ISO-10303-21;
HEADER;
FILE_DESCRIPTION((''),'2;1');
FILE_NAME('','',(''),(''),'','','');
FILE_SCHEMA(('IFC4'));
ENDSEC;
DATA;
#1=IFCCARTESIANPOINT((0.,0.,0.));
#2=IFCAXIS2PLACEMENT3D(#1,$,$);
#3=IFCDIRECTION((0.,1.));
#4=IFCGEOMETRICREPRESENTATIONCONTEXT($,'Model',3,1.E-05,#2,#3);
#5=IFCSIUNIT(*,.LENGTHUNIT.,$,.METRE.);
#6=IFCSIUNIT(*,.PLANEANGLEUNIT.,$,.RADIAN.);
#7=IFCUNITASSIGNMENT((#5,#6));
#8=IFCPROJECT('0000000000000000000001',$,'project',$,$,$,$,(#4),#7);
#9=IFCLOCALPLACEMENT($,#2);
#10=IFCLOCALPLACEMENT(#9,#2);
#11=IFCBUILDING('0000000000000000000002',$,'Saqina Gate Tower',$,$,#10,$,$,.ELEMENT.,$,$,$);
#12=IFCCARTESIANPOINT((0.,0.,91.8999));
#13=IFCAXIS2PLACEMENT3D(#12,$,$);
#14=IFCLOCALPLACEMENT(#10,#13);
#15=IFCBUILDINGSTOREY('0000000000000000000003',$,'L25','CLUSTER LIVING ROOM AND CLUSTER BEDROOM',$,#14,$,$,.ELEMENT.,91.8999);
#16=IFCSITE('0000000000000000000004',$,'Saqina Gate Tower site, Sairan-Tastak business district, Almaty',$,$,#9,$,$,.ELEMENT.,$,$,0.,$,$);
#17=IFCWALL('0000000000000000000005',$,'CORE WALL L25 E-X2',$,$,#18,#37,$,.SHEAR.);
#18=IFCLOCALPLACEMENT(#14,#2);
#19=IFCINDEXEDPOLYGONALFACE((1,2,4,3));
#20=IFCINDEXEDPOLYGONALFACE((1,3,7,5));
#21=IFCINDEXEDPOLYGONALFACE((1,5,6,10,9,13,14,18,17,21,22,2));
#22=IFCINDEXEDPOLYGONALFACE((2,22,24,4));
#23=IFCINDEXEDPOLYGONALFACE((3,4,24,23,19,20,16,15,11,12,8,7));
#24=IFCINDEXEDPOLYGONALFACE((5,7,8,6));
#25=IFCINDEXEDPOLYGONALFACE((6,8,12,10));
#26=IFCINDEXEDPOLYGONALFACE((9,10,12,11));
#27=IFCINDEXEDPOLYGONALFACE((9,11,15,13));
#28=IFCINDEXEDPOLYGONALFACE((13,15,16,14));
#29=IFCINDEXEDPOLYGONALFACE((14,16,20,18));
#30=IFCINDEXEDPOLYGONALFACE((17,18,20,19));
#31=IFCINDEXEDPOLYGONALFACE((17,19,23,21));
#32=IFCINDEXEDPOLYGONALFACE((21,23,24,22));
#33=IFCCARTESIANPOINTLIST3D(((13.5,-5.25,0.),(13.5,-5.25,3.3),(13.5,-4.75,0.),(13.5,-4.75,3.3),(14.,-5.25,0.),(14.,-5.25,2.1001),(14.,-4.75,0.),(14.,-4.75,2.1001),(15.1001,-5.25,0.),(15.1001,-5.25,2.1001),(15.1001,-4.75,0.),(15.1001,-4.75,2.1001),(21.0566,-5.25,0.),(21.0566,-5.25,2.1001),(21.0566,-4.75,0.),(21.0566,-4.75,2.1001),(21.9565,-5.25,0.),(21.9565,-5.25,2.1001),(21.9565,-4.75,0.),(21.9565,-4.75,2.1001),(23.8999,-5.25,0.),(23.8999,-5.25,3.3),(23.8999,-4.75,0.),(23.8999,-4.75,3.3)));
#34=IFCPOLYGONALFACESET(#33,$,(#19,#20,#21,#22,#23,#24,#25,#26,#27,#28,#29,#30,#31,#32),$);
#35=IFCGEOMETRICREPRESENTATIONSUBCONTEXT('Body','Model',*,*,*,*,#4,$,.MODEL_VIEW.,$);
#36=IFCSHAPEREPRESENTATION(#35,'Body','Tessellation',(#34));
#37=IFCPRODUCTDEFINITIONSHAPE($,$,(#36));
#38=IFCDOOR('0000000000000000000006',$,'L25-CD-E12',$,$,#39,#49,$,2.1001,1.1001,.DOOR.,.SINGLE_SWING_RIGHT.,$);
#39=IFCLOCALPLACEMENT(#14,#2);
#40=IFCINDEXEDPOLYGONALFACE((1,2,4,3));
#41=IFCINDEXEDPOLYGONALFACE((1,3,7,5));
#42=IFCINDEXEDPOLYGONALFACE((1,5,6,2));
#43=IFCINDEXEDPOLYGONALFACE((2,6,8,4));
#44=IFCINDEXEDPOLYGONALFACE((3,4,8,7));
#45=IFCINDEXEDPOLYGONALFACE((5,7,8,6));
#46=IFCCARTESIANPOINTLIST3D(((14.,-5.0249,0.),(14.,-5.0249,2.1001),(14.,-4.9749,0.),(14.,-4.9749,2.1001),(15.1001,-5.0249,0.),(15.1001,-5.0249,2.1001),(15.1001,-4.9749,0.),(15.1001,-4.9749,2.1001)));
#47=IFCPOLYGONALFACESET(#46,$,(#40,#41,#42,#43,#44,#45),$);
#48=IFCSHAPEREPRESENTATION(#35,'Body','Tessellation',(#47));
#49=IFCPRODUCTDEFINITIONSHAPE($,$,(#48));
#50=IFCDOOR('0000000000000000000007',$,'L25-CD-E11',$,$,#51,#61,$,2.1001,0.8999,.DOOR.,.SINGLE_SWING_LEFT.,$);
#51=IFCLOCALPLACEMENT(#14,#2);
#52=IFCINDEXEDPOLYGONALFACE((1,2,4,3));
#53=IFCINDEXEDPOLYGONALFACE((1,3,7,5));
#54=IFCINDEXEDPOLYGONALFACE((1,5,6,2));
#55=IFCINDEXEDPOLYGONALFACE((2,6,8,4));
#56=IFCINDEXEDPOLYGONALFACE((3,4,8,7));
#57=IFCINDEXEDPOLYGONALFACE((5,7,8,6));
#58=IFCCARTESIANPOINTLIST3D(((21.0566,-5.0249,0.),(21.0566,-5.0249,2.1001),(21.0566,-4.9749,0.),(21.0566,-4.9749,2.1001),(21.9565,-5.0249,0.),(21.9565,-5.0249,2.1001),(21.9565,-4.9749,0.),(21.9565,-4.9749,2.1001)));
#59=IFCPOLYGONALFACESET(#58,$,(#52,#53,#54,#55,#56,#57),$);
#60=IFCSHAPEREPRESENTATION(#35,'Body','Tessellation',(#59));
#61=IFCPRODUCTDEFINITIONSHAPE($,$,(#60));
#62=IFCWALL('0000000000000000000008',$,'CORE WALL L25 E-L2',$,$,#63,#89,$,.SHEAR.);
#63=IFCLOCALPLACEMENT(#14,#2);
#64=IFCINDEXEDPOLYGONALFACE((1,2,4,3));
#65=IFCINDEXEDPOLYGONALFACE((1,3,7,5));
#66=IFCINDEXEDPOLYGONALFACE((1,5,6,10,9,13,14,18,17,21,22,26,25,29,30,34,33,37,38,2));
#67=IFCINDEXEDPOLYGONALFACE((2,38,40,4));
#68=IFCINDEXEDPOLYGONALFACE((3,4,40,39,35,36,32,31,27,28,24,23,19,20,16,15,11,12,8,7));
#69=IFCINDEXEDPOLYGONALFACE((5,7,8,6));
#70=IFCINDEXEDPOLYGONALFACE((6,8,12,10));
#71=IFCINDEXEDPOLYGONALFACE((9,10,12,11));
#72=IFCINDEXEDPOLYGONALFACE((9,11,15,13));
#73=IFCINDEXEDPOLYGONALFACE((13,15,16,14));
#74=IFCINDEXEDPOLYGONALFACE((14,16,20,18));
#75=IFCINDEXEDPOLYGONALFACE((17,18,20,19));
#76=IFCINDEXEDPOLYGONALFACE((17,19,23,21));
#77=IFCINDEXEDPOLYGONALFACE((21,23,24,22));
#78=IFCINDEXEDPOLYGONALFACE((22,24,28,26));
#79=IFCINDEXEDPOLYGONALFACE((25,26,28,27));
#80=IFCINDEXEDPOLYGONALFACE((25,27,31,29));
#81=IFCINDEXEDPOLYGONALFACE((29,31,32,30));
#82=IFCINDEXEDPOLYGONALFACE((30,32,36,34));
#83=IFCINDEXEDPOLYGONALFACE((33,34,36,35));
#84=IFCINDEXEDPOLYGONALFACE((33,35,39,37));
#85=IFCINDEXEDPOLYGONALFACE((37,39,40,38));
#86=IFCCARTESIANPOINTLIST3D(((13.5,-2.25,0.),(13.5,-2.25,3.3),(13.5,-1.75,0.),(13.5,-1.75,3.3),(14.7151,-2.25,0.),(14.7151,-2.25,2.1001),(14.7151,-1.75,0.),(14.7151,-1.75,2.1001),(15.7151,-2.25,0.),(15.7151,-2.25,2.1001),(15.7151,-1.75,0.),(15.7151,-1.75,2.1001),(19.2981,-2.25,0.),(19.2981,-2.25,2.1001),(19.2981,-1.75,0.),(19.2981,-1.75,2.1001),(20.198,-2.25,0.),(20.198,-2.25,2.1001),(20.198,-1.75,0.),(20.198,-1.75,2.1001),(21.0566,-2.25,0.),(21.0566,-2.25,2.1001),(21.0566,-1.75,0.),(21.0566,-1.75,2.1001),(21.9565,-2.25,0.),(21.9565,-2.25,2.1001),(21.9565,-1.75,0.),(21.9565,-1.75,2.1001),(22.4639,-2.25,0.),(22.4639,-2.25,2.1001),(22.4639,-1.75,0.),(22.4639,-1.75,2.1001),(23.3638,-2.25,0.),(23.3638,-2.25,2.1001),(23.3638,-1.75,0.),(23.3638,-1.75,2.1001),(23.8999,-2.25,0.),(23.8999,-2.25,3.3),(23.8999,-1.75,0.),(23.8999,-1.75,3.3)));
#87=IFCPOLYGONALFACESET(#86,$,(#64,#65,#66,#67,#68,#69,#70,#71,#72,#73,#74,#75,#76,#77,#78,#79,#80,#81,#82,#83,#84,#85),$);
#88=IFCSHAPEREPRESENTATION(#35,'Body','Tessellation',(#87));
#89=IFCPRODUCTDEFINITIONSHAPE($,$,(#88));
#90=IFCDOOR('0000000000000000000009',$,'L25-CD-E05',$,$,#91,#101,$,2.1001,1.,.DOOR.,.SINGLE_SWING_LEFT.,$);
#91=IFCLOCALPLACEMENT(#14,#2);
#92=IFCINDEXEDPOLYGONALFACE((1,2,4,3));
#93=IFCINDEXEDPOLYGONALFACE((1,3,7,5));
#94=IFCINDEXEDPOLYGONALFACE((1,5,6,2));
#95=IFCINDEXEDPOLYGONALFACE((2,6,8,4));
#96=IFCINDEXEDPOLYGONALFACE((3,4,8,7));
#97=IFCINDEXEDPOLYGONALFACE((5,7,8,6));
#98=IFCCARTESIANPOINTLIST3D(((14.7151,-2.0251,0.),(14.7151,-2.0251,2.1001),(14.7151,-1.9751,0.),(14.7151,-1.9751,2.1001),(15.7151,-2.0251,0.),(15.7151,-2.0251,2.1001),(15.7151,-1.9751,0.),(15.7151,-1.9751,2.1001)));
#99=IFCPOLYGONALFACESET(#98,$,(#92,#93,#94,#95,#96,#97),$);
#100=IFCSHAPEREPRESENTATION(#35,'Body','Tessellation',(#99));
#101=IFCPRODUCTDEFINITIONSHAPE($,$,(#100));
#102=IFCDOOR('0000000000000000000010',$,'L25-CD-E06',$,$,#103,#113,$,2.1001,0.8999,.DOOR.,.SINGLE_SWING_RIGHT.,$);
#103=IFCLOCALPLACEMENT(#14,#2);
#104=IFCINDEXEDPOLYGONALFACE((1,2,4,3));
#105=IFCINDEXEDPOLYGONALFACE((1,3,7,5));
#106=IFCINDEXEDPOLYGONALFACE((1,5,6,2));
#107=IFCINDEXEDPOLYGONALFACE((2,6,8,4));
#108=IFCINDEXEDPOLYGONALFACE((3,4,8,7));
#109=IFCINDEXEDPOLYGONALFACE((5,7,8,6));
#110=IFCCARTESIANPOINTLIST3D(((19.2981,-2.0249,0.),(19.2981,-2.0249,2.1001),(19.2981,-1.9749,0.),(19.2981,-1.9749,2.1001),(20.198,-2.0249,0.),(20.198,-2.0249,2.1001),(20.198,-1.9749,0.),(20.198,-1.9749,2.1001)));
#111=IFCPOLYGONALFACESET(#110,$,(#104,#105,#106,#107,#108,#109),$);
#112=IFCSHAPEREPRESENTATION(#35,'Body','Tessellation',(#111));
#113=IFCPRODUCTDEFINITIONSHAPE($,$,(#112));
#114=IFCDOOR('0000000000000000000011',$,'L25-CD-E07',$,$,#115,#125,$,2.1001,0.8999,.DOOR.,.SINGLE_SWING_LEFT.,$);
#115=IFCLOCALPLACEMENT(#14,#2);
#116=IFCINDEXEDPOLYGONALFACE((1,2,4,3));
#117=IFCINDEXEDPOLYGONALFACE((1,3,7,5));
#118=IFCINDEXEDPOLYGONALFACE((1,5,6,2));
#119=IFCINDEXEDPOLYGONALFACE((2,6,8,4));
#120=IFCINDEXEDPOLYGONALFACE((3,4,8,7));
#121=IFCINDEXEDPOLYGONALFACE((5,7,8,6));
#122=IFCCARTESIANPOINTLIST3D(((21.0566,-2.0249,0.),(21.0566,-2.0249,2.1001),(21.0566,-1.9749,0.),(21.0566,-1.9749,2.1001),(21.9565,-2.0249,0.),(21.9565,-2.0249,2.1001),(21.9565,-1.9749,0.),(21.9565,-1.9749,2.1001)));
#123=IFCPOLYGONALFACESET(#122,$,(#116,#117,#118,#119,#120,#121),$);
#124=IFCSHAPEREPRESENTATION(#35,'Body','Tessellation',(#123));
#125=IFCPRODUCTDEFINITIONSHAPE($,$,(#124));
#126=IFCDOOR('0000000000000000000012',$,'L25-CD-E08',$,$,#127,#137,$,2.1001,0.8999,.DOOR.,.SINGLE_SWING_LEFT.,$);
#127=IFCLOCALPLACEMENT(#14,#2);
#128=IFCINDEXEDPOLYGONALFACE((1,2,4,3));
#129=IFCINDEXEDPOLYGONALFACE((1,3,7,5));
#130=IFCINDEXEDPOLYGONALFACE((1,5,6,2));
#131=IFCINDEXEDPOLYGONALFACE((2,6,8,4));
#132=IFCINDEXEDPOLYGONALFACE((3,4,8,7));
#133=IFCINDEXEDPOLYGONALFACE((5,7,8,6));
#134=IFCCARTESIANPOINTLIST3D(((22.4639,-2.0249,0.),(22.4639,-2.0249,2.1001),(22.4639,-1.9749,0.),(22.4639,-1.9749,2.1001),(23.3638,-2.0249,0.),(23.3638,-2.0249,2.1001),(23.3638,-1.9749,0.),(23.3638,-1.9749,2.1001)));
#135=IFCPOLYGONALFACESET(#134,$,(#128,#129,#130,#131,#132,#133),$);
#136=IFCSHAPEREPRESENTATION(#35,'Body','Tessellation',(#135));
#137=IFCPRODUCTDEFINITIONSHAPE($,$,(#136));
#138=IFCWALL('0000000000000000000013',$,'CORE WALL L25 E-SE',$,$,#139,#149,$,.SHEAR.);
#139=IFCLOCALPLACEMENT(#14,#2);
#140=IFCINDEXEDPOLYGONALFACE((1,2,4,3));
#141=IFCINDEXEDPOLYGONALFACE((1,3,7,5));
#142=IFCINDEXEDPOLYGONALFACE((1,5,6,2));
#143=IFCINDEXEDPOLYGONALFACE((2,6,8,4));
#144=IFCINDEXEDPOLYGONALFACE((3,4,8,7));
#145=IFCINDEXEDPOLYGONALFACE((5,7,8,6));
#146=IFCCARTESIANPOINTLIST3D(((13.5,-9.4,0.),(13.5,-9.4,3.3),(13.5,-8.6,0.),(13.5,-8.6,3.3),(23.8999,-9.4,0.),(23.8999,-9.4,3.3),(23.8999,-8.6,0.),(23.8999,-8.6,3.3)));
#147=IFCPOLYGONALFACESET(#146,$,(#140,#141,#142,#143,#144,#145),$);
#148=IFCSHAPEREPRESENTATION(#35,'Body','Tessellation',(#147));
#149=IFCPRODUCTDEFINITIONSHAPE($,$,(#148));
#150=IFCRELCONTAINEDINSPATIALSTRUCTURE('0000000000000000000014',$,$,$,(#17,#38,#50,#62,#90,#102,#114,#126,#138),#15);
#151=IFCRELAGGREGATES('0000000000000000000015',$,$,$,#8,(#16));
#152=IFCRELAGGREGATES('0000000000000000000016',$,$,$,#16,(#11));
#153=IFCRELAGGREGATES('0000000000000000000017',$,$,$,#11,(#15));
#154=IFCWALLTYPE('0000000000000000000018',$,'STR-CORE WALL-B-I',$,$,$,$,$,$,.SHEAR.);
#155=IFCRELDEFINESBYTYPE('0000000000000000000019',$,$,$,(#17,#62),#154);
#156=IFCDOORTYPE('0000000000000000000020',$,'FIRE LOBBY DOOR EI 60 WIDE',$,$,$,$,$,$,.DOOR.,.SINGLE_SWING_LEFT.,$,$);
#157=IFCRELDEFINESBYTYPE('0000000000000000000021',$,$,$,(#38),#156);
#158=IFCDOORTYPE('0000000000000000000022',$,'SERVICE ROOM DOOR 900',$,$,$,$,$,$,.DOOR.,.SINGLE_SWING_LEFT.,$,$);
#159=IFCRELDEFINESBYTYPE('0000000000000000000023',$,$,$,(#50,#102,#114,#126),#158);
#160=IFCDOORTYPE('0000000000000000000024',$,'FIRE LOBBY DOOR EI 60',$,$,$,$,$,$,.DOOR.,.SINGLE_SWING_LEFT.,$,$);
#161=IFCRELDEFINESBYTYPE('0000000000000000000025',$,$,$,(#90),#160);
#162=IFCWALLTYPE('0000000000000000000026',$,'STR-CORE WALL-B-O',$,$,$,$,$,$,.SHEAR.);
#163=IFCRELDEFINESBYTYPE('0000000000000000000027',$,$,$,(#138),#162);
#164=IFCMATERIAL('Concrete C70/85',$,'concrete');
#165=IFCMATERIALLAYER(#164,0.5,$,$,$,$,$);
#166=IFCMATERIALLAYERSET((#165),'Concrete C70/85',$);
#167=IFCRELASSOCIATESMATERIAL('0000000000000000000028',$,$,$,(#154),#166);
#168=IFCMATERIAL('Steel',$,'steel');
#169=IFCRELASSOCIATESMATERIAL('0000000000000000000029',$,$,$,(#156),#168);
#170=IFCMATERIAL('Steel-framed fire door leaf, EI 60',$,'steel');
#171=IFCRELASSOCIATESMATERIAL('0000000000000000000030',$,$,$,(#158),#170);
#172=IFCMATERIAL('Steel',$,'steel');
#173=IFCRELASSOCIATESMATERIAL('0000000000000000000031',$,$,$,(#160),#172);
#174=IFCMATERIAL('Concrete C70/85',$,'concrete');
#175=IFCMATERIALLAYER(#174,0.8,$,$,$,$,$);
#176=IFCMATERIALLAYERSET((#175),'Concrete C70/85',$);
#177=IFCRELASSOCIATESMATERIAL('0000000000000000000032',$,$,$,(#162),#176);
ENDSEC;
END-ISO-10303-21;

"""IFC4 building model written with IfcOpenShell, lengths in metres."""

from ifc_helpers import new_model, si_unit, direction, frame, frame_2d, origin, place, context, subcontext, project, spatial, rectangle, extrude, material, layer, layer_set, type_object, element, fill, save


model = new_model("IFC4")

# Units and contexts
model_context = context("Model", 3, precision=1e-05, world=origin(), true_north=direction((0.0, 1.0)))
body_context = subcontext(model_context, "Body", "Model", "MODEL_VIEW")
ifc_project = project(units=[si_unit("LENGTHUNIT", "METRE"), si_unit("PLANEANGLEUNIT", "RADIAN")], contexts=[model_context])

# Site, building, storey
site_placement = place(None, origin())
site = spatial("IfcSite", under=ifc_project, at=site_placement, Name="Saqina Gate Tower site, Sairan-Tastak business district, Almaty", CompositionType="ELEMENT", RefElevation=0.0)
building_placement = place(site_placement, origin())
building = spatial("IfcBuilding", under=site, at=building_placement, Name="Saqina Gate Tower", CompositionType="ELEMENT")
storey_placement = place(building_placement, frame((0.0, 0.0, 91.8999)))
storey = spatial("IfcBuildingStorey", under=building, at=storey_placement, Name="L25", Description="CLUSTER LIVING ROOM AND CLUSTER BEDROOM", CompositionType="ELEMENT", Elevation=91.8999)

# Walls, openings, doors
ifc_material_1 = material(Name="Concrete C70/85", Category="concrete")
ifc_layer_1 = layer(ifc_material_1, 0.5)
ifc_layer_set_1 = layer_set([ifc_layer_1], Name="Concrete C70/85")
wall_type_1 = type_object("IfcWallType", Name="STR-CORE WALL-B-I", PredefinedType="SHEAR", material=ifc_layer_set_1)
wall_1_placement = place(storey_placement, frame((13.5, -5.0, 0.0), z_axis=(0.0, 0.0, 1.0), x_axis=(1.0, 0.0, 0.0)))
wall_1 = element("IfcWall", 1, at=wall_1_placement, inside=storey, type_object=wall_type_1, Name="CORE WALL L25 E-X2", PredefinedType="SHEAR", context=body_context, shape_type="SweptSolid", body=[
    extrude(rectangle(XDim=10.3999, YDim=0.5, at=frame_2d((5.2, 0.0))), origin(), (0.0, 0.0, 1.0), 3.3),
])
opening_1_placement = place(wall_1_placement, frame((7.5566, 0.0, 0.0)))
opening_1 = element("IfcOpeningElement", 2, at=opening_1_placement, cuts=wall_1, PredefinedType="OPENING", context=body_context, shape_type="SweptSolid", body=[
    extrude(rectangle(XDim=0.8999, YDim=2.1001, at=frame_2d((0.45, 1.05))), frame((0.0, 0.262, 0.0), z_axis=(0.0, -1.0, 0.0), x_axis=(1.0, 0.0, 0.0)), (0.0, 0.0, 1.0), 0.5239),
])
opening_2_placement = place(wall_1_placement, frame((0.5, 0.0, 0.0)))
opening_2 = element("IfcOpeningElement", 3, at=opening_2_placement, cuts=wall_1, PredefinedType="OPENING", context=body_context, shape_type="SweptSolid", body=[
    extrude(rectangle(XDim=1.1001, YDim=2.1001, at=frame_2d((0.55, 1.05))), frame((0.0, 0.262, 0.0), z_axis=(0.0, -1.0, 0.0), x_axis=(1.0, 0.0, 0.0)), (0.0, 0.0, 1.0), 0.5239),
])
ifc_material_2 = material(Name="Steel", Category="steel")
door_type_1 = type_object("IfcDoorType", Name="FIRE LOBBY DOOR EI 60 WIDE", OperationType="SINGLE_SWING_LEFT", PredefinedType="DOOR", material=ifc_material_2)
door_1_placement = place(opening_2_placement, frame((1.1001, 0.0, 0.0), z_axis=(0.0, 0.0, 1.0), x_axis=(-1.0, 0.0, 0.0)))
door_1 = element("IfcDoor", 4, at=door_1_placement, inside=storey, type_object=door_type_1, Name="L25-CD-E12", OperationType="SINGLE_SWING_RIGHT", OverallHeight=2.1001, OverallWidth=1.1001, PredefinedType="DOOR", context=body_context, shape_type="SweptSolid", body=[
    extrude(rectangle(XDim=1.1001, YDim=2.1001, at=frame_2d((0.55, 1.05))), frame((0.0, 0.0249, 0.0), z_axis=(0.0, -1.0, 0.0), x_axis=(1.0, 0.0, 0.0)), (0.0, 0.0, 1.0), 0.05),
])
fill(opening_2, door_1)
ifc_material_3 = material(Name="Steel-framed fire door leaf, EI 60", Category="steel")
door_type_2 = type_object("IfcDoorType", Name="SERVICE ROOM DOOR 900", OperationType="SINGLE_SWING_LEFT", PredefinedType="DOOR", material=ifc_material_3)
door_2_placement = place(opening_1_placement, frame((0.8999, 0.0, 0.0), z_axis=(0.0, 0.0, 1.0), x_axis=(-1.0, 0.0, 0.0)))
door_2 = element("IfcDoor", 5, at=door_2_placement, inside=storey, type_object=door_type_2, Name="L25-CD-E11", OperationType="SINGLE_SWING_LEFT", OverallHeight=2.1001, OverallWidth=0.8999, PredefinedType="DOOR", context=body_context, shape_type="SweptSolid", body=[
    extrude(rectangle(XDim=0.8999, YDim=2.1001, at=frame_2d((0.45, 1.05))), frame((0.0, 0.0249, 0.0), z_axis=(0.0, -1.0, 0.0), x_axis=(1.0, 0.0, 0.0)), (0.0, 0.0, 1.0), 0.05),
])
fill(opening_1, door_2)
wall_2_placement = place(storey_placement, frame((13.5, -2.0, 0.0), z_axis=(0.0, 0.0, 1.0), x_axis=(1.0, 0.0, 0.0)))
wall_2 = element("IfcWall", 6, at=wall_2_placement, inside=storey, type_object=wall_type_1, Name="CORE WALL L25 E-L2", PredefinedType="SHEAR", context=body_context, shape_type="SweptSolid", body=[
    extrude(rectangle(XDim=10.3999, YDim=0.5, at=frame_2d((5.2, 0.0))), origin(), (0.0, 0.0, 1.0), 3.3),
])
opening_3_placement = place(wall_2_placement, frame((1.2151, 0.0, 0.0)))
opening_3 = element("IfcOpeningElement", 7, at=opening_3_placement, cuts=wall_2, PredefinedType="OPENING", context=body_context, shape_type="SweptSolid", body=[
    extrude(rectangle(XDim=1.0, YDim=2.1001, at=frame_2d((0.5, 1.05))), frame((0.0, 0.262, 0.0), z_axis=(0.0, -1.0, 0.0), x_axis=(1.0, 0.0, 0.0)), (0.0, 0.0, 1.0), 0.5239),
])
opening_4_placement = place(wall_2_placement, frame((5.7981, 0.0, 0.0)))
opening_4 = element("IfcOpeningElement", 8, at=opening_4_placement, cuts=wall_2, PredefinedType="OPENING", context=body_context, shape_type="SweptSolid", body=[
    extrude(rectangle(XDim=0.8999, YDim=2.1001, at=frame_2d((0.45, 1.05))), frame((0.0, 0.262, 0.0), z_axis=(0.0, -1.0, 0.0), x_axis=(1.0, 0.0, 0.0)), (0.0, 0.0, 1.0), 0.5239),
])
opening_5_placement = place(wall_2_placement, frame((7.5566, 0.0, 0.0)))
opening_5 = element("IfcOpeningElement", 9, at=opening_5_placement, cuts=wall_2, PredefinedType="OPENING", context=body_context, shape_type="SweptSolid", body=[
    extrude(rectangle(XDim=0.8999, YDim=2.1001, at=frame_2d((0.45, 1.05))), frame((0.0, 0.262, 0.0), z_axis=(0.0, -1.0, 0.0), x_axis=(1.0, 0.0, 0.0)), (0.0, 0.0, 1.0), 0.5239),
])
opening_6_placement = place(wall_2_placement, frame((8.9639, 0.0, 0.0)))
opening_6 = element("IfcOpeningElement", 10, at=opening_6_placement, cuts=wall_2, PredefinedType="OPENING", context=body_context, shape_type="SweptSolid", body=[
    extrude(rectangle(XDim=0.8999, YDim=2.1001, at=frame_2d((0.45, 1.05))), frame((0.0, 0.262, 0.0), z_axis=(0.0, -1.0, 0.0), x_axis=(1.0, 0.0, 0.0)), (0.0, 0.0, 1.0), 0.5239),
])
ifc_material_4 = material(Name="Steel", Category="steel")
door_type_3 = type_object("IfcDoorType", Name="FIRE LOBBY DOOR EI 60", OperationType="SINGLE_SWING_LEFT", PredefinedType="DOOR", material=ifc_material_4)
door_3_placement = place(opening_3_placement, origin())
door_3 = element("IfcDoor", 11, at=door_3_placement, inside=storey, type_object=door_type_3, Name="L25-CD-E05", OperationType="SINGLE_SWING_LEFT", OverallHeight=2.1001, OverallWidth=1.0, PredefinedType="DOOR", context=body_context, shape_type="SweptSolid", body=[
    extrude(rectangle(XDim=1.0, YDim=2.1001, at=frame_2d((0.5, 1.05))), frame((0.0, 0.0249, 0.0), z_axis=(0.0, -1.0, 0.0), x_axis=(1.0, 0.0, 0.0)), (0.0, 0.0, 1.0), 0.05),
])
fill(opening_3, door_3)
door_4_placement = place(opening_4_placement, frame((0.8999, 0.0, 0.0), z_axis=(0.0, 0.0, 1.0), x_axis=(-1.0, 0.0, 0.0)))
door_4 = element("IfcDoor", 12, at=door_4_placement, inside=storey, type_object=door_type_2, Name="L25-CD-E06", OperationType="SINGLE_SWING_RIGHT", OverallHeight=2.1001, OverallWidth=0.8999, PredefinedType="DOOR", context=body_context, shape_type="SweptSolid", body=[
    extrude(rectangle(XDim=0.8999, YDim=2.1001, at=frame_2d((0.45, 1.05))), frame((0.0, 0.0249, 0.0), z_axis=(0.0, -1.0, 0.0), x_axis=(1.0, 0.0, 0.0)), (0.0, 0.0, 1.0), 0.05),
])
fill(opening_4, door_4)
door_5_placement = place(opening_5_placement, frame((0.8999, 0.0, 0.0), z_axis=(0.0, 0.0, 1.0), x_axis=(-1.0, 0.0, 0.0)))
door_5 = element("IfcDoor", 13, at=door_5_placement, inside=storey, type_object=door_type_2, Name="L25-CD-E07", OperationType="SINGLE_SWING_LEFT", OverallHeight=2.1001, OverallWidth=0.8999, PredefinedType="DOOR", context=body_context, shape_type="SweptSolid", body=[
    extrude(rectangle(XDim=0.8999, YDim=2.1001, at=frame_2d((0.45, 1.05))), frame((0.0, 0.0249, 0.0), z_axis=(0.0, -1.0, 0.0), x_axis=(1.0, 0.0, 0.0)), (0.0, 0.0, 1.0), 0.05),
])
fill(opening_5, door_5)
door_6_placement = place(opening_6_placement, frame((0.8999, 0.0, 0.0), z_axis=(0.0, 0.0, 1.0), x_axis=(-1.0, 0.0, 0.0)))
door_6 = element("IfcDoor", 14, at=door_6_placement, inside=storey, type_object=door_type_2, Name="L25-CD-E08", OperationType="SINGLE_SWING_LEFT", OverallHeight=2.1001, OverallWidth=0.8999, PredefinedType="DOOR", context=body_context, shape_type="SweptSolid", body=[
    extrude(rectangle(XDim=0.8999, YDim=2.1001, at=frame_2d((0.45, 1.05))), frame((0.0, 0.0249, 0.0), z_axis=(0.0, -1.0, 0.0), x_axis=(1.0, 0.0, 0.0)), (0.0, 0.0, 1.0), 0.05),
])
fill(opening_6, door_6)
ifc_material_5 = material(Name="Concrete C70/85", Category="concrete")
ifc_layer_2 = layer(ifc_material_5, 0.8)
ifc_layer_set_2 = layer_set([ifc_layer_2], Name="Concrete C70/85")
wall_type_2 = type_object("IfcWallType", Name="STR-CORE WALL-B-O", PredefinedType="SHEAR", material=ifc_layer_set_2)

# Wall
wall_3_placement = place(storey_placement, frame((13.5, -9.0, 0.0), z_axis=(0.0, 0.0, 1.0), x_axis=(1.0, 0.0, 0.0)))
element("IfcWall", 15, at=wall_3_placement, inside=storey, type_object=wall_type_2, Name="CORE WALL L25 E-SE", PredefinedType="SHEAR", context=body_context, shape_type="SweptSolid", body=[
    extrude(rectangle(XDim=10.3999, YDim=0.8, at=frame_2d((5.2, 0.0))), origin(), (0.0, 0.0, 1.0), 3.3),
])

save(model, "model.ifc")
